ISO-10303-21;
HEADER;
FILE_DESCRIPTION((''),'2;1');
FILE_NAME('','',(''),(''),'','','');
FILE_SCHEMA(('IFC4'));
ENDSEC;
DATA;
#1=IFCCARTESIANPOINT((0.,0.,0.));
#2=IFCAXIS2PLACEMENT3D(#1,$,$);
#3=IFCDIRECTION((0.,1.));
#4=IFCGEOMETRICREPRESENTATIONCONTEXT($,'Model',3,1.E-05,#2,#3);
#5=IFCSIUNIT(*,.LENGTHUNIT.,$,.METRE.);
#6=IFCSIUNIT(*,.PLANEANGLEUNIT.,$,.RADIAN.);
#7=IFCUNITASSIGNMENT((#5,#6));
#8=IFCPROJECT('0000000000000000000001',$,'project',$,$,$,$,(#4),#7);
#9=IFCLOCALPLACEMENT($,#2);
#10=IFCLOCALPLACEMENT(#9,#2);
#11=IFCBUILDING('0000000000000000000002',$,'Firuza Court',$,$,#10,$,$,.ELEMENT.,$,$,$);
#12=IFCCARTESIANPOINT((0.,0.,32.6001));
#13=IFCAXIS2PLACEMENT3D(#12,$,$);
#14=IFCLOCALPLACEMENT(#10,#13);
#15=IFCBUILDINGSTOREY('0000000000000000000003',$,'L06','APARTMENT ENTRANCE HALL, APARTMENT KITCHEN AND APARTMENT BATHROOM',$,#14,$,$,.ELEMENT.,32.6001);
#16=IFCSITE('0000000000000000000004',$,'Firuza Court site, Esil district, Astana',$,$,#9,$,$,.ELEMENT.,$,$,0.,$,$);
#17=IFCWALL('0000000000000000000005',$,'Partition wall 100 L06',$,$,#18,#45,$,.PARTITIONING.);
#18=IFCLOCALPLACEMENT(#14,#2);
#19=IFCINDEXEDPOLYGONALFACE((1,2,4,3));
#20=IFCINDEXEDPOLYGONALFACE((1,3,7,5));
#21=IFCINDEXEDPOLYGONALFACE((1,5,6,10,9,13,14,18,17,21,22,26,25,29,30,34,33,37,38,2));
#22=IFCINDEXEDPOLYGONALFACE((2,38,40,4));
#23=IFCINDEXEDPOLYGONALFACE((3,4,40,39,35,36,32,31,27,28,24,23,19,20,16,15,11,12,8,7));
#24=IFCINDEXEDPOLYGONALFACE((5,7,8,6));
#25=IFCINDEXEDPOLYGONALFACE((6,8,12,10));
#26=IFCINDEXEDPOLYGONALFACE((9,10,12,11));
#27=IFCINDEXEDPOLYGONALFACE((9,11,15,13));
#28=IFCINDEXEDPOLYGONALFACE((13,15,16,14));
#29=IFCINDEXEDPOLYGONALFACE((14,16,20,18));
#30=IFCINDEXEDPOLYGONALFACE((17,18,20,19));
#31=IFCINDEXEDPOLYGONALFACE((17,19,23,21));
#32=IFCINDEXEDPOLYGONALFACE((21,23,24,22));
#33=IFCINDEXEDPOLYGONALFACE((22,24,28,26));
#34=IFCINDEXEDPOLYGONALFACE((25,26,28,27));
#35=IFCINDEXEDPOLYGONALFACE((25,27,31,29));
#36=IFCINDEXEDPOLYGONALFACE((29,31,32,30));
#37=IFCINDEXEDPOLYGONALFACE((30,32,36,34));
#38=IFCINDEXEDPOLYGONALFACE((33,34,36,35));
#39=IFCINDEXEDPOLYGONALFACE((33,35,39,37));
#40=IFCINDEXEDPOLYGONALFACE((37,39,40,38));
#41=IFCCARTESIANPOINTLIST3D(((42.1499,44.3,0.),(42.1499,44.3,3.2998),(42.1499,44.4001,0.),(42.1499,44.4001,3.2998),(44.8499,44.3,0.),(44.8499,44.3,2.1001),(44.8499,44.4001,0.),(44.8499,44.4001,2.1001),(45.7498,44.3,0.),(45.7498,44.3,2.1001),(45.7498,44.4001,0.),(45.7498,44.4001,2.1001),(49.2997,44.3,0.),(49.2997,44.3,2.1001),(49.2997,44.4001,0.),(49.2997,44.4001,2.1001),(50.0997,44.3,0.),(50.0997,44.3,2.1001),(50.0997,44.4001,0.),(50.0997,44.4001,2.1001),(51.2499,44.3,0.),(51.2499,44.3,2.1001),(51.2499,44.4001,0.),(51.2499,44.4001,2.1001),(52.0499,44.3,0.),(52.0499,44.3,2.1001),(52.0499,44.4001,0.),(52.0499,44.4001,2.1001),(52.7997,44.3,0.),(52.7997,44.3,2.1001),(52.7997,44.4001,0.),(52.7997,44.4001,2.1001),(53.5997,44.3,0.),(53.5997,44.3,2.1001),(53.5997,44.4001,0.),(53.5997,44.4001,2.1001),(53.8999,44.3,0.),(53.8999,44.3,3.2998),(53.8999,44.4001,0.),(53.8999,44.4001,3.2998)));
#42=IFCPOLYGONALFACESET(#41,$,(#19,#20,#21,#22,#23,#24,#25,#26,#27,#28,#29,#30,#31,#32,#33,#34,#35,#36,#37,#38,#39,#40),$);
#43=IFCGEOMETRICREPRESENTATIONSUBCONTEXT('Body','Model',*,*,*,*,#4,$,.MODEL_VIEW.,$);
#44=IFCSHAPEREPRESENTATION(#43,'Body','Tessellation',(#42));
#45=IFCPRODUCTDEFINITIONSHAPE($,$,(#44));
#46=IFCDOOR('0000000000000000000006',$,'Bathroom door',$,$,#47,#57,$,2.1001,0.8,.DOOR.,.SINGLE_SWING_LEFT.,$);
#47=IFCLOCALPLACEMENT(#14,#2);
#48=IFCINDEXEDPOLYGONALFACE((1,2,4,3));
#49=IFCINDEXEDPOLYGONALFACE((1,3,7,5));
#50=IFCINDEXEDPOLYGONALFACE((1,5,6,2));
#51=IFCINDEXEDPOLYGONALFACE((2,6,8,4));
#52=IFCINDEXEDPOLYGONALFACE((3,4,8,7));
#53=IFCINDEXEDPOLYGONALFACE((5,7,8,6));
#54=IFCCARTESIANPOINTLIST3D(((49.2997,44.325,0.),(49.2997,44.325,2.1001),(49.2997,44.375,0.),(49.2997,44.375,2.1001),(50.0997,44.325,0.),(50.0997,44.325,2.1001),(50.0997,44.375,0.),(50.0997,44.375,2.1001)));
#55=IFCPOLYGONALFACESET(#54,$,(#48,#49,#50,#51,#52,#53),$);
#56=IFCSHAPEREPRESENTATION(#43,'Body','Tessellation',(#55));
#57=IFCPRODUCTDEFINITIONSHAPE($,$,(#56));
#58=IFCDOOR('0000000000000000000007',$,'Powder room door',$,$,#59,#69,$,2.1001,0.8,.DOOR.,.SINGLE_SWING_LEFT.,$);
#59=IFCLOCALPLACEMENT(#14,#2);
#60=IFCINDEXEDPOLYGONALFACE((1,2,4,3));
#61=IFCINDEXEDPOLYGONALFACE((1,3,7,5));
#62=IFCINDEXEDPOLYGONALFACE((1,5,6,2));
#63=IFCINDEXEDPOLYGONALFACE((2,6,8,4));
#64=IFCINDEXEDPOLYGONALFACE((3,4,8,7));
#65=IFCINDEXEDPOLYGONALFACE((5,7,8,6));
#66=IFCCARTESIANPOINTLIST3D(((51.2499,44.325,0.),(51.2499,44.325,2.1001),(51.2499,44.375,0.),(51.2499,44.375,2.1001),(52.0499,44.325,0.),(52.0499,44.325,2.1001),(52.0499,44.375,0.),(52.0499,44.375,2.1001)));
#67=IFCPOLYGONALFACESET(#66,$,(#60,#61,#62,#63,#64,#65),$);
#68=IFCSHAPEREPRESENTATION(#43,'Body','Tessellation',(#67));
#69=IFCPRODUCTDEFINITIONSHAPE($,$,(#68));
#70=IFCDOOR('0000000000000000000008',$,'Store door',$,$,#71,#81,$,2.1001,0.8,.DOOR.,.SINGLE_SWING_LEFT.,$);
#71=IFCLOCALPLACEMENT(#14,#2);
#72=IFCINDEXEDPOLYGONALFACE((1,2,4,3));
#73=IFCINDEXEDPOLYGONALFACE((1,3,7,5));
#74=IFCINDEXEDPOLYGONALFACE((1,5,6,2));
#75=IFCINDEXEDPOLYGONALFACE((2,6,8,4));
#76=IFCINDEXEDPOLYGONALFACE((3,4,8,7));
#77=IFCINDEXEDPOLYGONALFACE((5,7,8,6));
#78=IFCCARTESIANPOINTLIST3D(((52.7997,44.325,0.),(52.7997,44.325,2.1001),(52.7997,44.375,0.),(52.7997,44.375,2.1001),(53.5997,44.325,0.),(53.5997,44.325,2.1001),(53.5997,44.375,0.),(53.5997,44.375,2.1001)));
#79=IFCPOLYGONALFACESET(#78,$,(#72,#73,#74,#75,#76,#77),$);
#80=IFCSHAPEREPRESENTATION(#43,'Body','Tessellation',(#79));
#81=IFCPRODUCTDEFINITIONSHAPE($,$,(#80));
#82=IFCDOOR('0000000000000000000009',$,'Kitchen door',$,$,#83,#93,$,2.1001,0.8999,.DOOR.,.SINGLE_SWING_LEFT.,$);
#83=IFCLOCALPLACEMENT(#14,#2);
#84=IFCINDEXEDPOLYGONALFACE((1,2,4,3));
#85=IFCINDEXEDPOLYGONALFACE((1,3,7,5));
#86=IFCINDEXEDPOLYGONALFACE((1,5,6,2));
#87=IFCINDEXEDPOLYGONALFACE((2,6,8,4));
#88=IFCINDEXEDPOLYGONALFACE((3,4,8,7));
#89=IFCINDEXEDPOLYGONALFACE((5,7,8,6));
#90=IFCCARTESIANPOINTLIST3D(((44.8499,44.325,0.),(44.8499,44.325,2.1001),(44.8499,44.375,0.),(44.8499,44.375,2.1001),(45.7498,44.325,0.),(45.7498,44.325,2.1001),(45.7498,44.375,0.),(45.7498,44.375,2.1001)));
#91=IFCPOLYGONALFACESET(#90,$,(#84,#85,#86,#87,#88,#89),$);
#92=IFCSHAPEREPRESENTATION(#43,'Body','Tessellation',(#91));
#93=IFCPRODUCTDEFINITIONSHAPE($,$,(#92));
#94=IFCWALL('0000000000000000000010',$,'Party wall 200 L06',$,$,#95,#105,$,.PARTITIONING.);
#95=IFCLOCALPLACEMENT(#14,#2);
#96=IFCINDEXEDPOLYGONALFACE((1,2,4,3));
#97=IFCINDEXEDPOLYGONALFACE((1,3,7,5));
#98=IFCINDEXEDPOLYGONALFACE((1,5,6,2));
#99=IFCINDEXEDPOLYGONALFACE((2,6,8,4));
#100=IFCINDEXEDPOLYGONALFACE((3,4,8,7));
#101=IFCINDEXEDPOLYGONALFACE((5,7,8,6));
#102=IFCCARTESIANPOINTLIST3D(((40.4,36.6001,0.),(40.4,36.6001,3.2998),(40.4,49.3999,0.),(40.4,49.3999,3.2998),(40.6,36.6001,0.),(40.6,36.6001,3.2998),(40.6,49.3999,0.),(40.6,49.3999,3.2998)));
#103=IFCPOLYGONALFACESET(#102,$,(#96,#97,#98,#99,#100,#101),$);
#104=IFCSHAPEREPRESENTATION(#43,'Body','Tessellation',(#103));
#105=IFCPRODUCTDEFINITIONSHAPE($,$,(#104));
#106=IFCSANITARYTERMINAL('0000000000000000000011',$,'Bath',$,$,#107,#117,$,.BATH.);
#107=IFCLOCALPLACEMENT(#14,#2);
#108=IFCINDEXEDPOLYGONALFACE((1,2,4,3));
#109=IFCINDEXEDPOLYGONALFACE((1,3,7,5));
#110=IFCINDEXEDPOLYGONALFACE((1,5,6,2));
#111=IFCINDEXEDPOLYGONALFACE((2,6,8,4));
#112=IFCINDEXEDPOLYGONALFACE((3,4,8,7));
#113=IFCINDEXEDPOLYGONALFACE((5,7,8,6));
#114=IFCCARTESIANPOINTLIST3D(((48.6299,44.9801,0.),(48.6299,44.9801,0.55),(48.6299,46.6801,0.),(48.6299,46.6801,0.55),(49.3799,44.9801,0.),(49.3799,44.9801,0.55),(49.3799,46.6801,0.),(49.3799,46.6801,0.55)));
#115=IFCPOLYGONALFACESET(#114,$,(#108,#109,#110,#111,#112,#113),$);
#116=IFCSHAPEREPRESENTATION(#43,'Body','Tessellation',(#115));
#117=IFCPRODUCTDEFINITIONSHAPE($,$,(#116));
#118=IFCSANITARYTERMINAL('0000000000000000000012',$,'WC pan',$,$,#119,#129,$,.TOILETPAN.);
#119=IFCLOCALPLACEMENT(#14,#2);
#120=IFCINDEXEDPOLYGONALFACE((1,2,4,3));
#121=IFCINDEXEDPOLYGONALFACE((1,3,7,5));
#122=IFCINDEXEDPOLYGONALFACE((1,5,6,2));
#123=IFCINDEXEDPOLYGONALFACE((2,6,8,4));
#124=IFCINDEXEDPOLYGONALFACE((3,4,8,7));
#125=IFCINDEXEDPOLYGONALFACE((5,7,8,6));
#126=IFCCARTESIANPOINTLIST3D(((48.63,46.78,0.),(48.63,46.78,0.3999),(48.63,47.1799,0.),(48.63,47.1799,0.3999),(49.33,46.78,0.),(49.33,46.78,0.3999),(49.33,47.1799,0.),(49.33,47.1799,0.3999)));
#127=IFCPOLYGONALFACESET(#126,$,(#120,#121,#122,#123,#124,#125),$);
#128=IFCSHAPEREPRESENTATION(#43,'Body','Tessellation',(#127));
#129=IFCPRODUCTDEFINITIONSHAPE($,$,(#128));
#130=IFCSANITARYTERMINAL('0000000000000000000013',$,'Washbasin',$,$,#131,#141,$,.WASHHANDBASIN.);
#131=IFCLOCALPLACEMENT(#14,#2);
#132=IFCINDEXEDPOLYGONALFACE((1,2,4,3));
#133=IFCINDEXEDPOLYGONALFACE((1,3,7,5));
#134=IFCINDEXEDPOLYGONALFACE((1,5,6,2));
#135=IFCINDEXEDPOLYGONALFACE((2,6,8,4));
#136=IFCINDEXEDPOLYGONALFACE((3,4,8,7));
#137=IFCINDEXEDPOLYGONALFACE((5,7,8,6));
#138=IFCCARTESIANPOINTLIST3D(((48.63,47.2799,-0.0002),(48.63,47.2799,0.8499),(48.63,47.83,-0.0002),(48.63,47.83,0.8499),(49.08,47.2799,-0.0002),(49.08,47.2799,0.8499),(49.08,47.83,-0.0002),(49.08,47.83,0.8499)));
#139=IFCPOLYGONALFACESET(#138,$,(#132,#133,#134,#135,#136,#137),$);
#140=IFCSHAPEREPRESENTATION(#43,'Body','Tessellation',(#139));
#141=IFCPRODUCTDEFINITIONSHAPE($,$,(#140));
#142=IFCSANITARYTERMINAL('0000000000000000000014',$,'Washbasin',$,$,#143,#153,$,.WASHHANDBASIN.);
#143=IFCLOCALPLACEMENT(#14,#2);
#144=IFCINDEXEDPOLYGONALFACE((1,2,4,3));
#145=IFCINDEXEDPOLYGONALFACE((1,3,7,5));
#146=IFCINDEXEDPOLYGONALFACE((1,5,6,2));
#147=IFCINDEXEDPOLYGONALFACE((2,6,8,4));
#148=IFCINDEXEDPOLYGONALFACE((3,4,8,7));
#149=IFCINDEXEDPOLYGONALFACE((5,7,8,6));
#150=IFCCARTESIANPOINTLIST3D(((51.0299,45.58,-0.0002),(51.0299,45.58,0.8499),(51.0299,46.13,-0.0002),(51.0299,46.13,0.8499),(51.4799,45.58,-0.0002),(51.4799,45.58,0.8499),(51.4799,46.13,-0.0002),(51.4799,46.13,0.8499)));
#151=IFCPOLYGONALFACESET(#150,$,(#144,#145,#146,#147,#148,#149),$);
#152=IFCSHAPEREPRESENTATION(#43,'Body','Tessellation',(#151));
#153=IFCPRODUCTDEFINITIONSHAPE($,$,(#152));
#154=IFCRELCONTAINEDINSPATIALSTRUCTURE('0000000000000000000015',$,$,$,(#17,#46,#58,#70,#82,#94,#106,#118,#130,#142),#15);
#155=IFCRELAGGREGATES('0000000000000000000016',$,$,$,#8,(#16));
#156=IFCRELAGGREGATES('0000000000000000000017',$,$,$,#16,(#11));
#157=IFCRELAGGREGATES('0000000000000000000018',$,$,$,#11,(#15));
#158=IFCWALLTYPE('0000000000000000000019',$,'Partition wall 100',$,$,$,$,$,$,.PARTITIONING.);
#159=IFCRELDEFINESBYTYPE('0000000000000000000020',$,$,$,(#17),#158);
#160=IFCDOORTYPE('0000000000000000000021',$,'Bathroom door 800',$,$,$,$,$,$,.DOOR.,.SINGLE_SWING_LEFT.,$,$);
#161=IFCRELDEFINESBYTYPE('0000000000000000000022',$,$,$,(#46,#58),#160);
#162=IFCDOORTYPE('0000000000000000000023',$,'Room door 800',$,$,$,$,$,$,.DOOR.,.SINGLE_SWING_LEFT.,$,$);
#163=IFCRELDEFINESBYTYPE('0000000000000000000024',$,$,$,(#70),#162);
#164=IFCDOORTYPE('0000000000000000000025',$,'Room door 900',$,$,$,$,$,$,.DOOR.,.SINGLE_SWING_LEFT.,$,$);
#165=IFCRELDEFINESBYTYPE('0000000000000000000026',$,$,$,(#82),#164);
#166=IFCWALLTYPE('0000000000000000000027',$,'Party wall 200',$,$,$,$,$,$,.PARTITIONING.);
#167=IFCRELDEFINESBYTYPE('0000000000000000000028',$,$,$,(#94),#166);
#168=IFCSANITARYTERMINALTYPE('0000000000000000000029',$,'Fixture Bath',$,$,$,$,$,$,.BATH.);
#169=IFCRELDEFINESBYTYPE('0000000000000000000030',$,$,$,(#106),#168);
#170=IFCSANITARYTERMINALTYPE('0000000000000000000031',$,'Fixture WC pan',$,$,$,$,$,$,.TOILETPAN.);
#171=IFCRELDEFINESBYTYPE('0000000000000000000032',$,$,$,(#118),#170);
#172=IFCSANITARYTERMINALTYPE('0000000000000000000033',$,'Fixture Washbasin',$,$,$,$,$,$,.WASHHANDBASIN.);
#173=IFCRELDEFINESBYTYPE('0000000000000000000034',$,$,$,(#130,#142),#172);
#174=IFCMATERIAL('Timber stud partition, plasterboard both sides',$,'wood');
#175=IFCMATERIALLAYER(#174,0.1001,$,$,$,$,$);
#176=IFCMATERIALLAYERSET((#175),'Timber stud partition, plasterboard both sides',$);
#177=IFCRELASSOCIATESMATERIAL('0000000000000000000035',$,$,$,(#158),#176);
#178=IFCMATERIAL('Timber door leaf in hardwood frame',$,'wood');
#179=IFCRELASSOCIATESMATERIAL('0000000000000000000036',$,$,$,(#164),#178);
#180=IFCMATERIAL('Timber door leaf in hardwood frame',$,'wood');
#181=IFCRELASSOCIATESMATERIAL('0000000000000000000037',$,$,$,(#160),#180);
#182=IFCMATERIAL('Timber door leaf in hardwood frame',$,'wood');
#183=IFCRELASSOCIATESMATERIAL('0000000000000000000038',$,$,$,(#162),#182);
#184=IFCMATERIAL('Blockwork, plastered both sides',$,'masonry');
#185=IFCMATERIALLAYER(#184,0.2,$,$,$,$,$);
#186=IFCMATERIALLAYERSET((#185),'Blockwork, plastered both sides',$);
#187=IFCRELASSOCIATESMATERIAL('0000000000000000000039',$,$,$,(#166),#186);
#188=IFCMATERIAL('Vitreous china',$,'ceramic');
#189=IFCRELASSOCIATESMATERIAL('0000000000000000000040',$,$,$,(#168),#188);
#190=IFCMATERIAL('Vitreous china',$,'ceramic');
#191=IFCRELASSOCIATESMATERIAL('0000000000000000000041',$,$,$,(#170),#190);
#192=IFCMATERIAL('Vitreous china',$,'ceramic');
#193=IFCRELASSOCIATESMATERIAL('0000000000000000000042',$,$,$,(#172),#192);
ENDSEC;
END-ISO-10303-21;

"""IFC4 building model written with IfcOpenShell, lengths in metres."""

from ifc_helpers import new_model, si_unit, direction, frame, frame_2d, origin, origin_2d, place, context, subcontext, project, spatial, rectangle, extrude, material, layer, layer_set, type_object, element, fill, save


model = new_model("IFC4")

# Units and contexts
model_context = context("Model", 3, precision=1e-05, world=origin(), true_north=direction((0.0, 1.0)))
body_context = subcontext(model_context, "Body", "Model", "MODEL_VIEW")
ifc_project = project(units=[si_unit("LENGTHUNIT", "METRE"), si_unit("PLANEANGLEUNIT", "RADIAN")], contexts=[model_context])

# Site, building, storey
site_placement = place(None, origin())
site = spatial("IfcSite", under=ifc_project, at=site_placement, Name="Firuza Court site, Esil district, Astana", CompositionType="ELEMENT", RefElevation=0.0)
building_placement = place(site_placement, origin())
building = spatial("IfcBuilding", under=site, at=building_placement, Name="Firuza Court", CompositionType="ELEMENT")
storey_placement = place(building_placement, frame((0.0, 0.0, 32.6001)))
storey = spatial("IfcBuildingStorey", under=building, at=storey_placement, Name="L06", Description="APARTMENT ENTRANCE HALL, APARTMENT KITCHEN AND APARTMENT BATHROOM", CompositionType="ELEMENT", Elevation=32.6001)

# Shared definitions
ifc_material_1 = material(Name="Timber stud partition, plasterboard both sides", Category="wood")
ifc_layer_1 = layer(ifc_material_1, 0.1001)
ifc_layer_set_1 = layer_set([ifc_layer_1], Name="Timber stud partition, plasterboard both sides")
wall_type_1 = type_object("IfcWallType", Name="Partition wall 100", PredefinedType="PARTITIONING", material=ifc_layer_set_1)

# Shared definitions
ifc_material_2 = material(Name="Timber door leaf in hardwood frame", Category="wood")
door_type_1 = type_object("IfcDoorType", Name="Room door 900", OperationType="SINGLE_SWING_LEFT", PredefinedType="DOOR", material=ifc_material_2)

# Wall, openings, doors
wall_1_placement = place(storey_placement, frame((42.1499, 44.3501, 0.0), z_axis=(0.0, 0.0, 1.0), x_axis=(1.0, 0.0, 0.0)))
wall_1 = element("IfcWall", 1, at=wall_1_placement, inside=storey, type_object=wall_type_1, Name="Partition wall 100 L06", PredefinedType="PARTITIONING", context=body_context, shape_type="SweptSolid", body=[
    extrude(rectangle(XDim=11.75, YDim=0.1001, at=frame_2d((5.875, 0.0))), origin(), (0.0, 0.0, 1.0), 3.2998),
])
opening_1_placement = place(wall_1_placement, frame((7.1499, 0.0, 0.0)))
opening_1 = element("IfcOpeningElement", 2, at=opening_1_placement, cuts=wall_1, PredefinedType="OPENING", context=body_context, shape_type="SweptSolid", body=[
    extrude(rectangle(XDim=0.8, YDim=2.1001, at=frame_2d((0.3999, 1.05))), frame((0.0, 0.062, 0.0), z_axis=(0.0, -1.0, 0.0), x_axis=(1.0, 0.0, 0.0)), (0.0, 0.0, 1.0), 0.124),
])
opening_2_placement = place(wall_1_placement, frame((2.7, 0.0, 0.0)))
opening_2 = element("IfcOpeningElement", 3, at=opening_2_placement, cuts=wall_1, PredefinedType="OPENING", context=body_context, shape_type="SweptSolid", body=[
    extrude(rectangle(XDim=0.8999, YDim=2.1001, at=frame_2d((0.45, 1.05))), frame((0.0, 0.062, 0.0), z_axis=(0.0, -1.0, 0.0), x_axis=(1.0, 0.0, 0.0)), (0.0, 0.0, 1.0), 0.124),
])
opening_3_placement = place(wall_1_placement, frame((10.6499, 0.0, 0.0)))
opening_3 = element("IfcOpeningElement", 4, at=opening_3_placement, cuts=wall_1, PredefinedType="OPENING", context=body_context, shape_type="SweptSolid", body=[
    extrude(rectangle(XDim=0.8, YDim=2.1001, at=frame_2d((0.3999, 1.05))), frame((0.0, 0.062, 0.0), z_axis=(0.0, -1.0, 0.0), x_axis=(1.0, 0.0, 0.0)), (0.0, 0.0, 1.0), 0.124),
])
opening_4_placement = place(wall_1_placement, frame((9.1001, 0.0, 0.0)))
opening_4 = element("IfcOpeningElement", 5, at=opening_4_placement, cuts=wall_1, PredefinedType="OPENING", context=body_context, shape_type="SweptSolid", body=[
    extrude(rectangle(XDim=0.8, YDim=2.1001, at=frame_2d((0.3999, 1.05))), frame((0.0, 0.062, 0.0), z_axis=(0.0, -1.0, 0.0), x_axis=(1.0, 0.0, 0.0)), (0.0, 0.0, 1.0), 0.124),
])
ifc_material_3 = material(Name="Timber door leaf in hardwood frame", Category="wood")
door_type_2 = type_object("IfcDoorType", Name="Bathroom door 800", OperationType="SINGLE_SWING_LEFT", PredefinedType="DOOR", material=ifc_material_3)
door_1_placement = place(opening_1_placement, origin())
door_1 = element("IfcDoor", 6, at=door_1_placement, inside=storey, type_object=door_type_2, Name="Bathroom door", OperationType="SINGLE_SWING_LEFT", OverallHeight=2.1001, OverallWidth=0.8, PredefinedType="DOOR", context=body_context, shape_type="SweptSolid", body=[
    extrude(rectangle(XDim=0.8, YDim=2.1001, at=frame_2d((0.3999, 1.05))), frame((0.0, 0.0249, 0.0), z_axis=(0.0, -1.0, 0.0), x_axis=(1.0, 0.0, 0.0)), (0.0, 0.0, 1.0), 0.05),
])
fill(opening_1, door_1)
door_2_placement = place(opening_4_placement, origin())
door_2 = element("IfcDoor", 7, at=door_2_placement, inside=storey, type_object=door_type_2, Name="Powder room door", OperationType="SINGLE_SWING_LEFT", OverallHeight=2.1001, OverallWidth=0.8, PredefinedType="DOOR", context=body_context, shape_type="SweptSolid", body=[
    extrude(rectangle(XDim=0.8, YDim=2.1001, at=frame_2d((0.3999, 1.05))), frame((0.0, 0.0249, 0.0), z_axis=(0.0, -1.0, 0.0), x_axis=(1.0, 0.0, 0.0)), (0.0, 0.0, 1.0), 0.05),
])
fill(opening_4, door_2)
ifc_material_4 = material(Name="Timber door leaf in hardwood frame", Category="wood")
door_type_3 = type_object("IfcDoorType", Name="Room door 800", OperationType="SINGLE_SWING_LEFT", PredefinedType="DOOR", material=ifc_material_4)
door_3_placement = place(opening_3_placement, origin())
door_3 = element("IfcDoor", 8, at=door_3_placement, inside=storey, type_object=door_type_3, Name="Store door", OperationType="SINGLE_SWING_LEFT", OverallHeight=2.1001, OverallWidth=0.8, PredefinedType="DOOR", context=body_context, shape_type="SweptSolid", body=[
    extrude(rectangle(XDim=0.8, YDim=2.1001, at=frame_2d((0.3999, 1.05))), frame((0.0, 0.0249, 0.0), z_axis=(0.0, -1.0, 0.0), x_axis=(1.0, 0.0, 0.0)), (0.0, 0.0, 1.0), 0.05),
])
fill(opening_3, door_3)
door_4_placement = place(opening_2_placement, origin())
door_4 = element("IfcDoor", 9, at=door_4_placement, inside=storey, type_object=door_type_1, Name="Kitchen door", OperationType="SINGLE_SWING_LEFT", OverallHeight=2.1001, OverallWidth=0.8999, PredefinedType="DOOR", context=body_context, shape_type="SweptSolid", body=[
    extrude(rectangle(XDim=0.8999, YDim=2.1001, at=frame_2d((0.45, 1.05))), frame((0.0, 0.0249, 0.0), z_axis=(0.0, -1.0, 0.0), x_axis=(1.0, 0.0, 0.0)), (0.0, 0.0, 1.0), 0.05),
])
fill(opening_2, door_4)

# Wall
ifc_material_5 = material(Name="Blockwork, plastered both sides", Category="masonry")
ifc_layer_2 = layer(ifc_material_5, 0.2)
ifc_layer_set_2 = layer_set([ifc_layer_2], Name="Blockwork, plastered both sides")
wall_type_2 = type_object("IfcWallType", Name="Party wall 200", PredefinedType="PARTITIONING", material=ifc_layer_set_2)
wall_2_placement = place(storey_placement, frame((40.5, 36.6001, 0.0), z_axis=(0.0, 0.0, 1.0), x_axis=(0.0, 1.0, 0.0)))
element("IfcWall", 10, at=wall_2_placement, inside=storey, type_object=wall_type_2, Name="Party wall 200 L06", PredefinedType="PARTITIONING", context=body_context, shape_type="SweptSolid", body=[
    extrude(rectangle(XDim=12.7998, YDim=0.2, at=frame_2d((6.3999, 0.0))), origin(), (0.0, 0.0, 1.0), 3.2998),
])

# Sanitary terminals
ifc_material_6 = material(Name="Vitreous china", Category="ceramic")
sanitary_terminal_type_1 = type_object("IfcSanitaryTerminalType", Name="Fixture Bath", PredefinedType="BATH", material=ifc_material_6)
sanitary_terminal_1_placement = place(storey_placement, frame((49.0049, 45.8301, 0.0), z_axis=(0.0, 0.0, 1.0), x_axis=(1.0, 0.0, 0.0)))
element("IfcSanitaryTerminal", 11, at=sanitary_terminal_1_placement, inside=storey, type_object=sanitary_terminal_type_1, Name="Bath", PredefinedType="BATH", context=body_context, shape_type="SweptSolid", body=[
    extrude(rectangle(XDim=0.75, YDim=1.7, at=origin_2d()), origin(), (0.0, 0.0, 1.0), 0.55),
])
ifc_material_7 = material(Name="Vitreous china", Category="ceramic")
sanitary_terminal_type_2 = type_object("IfcSanitaryTerminalType", Name="Fixture WC pan", PredefinedType="TOILETPAN", material=ifc_material_7)
sanitary_terminal_2_placement = place(storey_placement, frame((48.98, 46.98, 0.0), z_axis=(0.0, 0.0, 1.0), x_axis=(1.0, 0.0, 0.0)))
element("IfcSanitaryTerminal", 12, at=sanitary_terminal_2_placement, inside=storey, type_object=sanitary_terminal_type_2, Name="WC pan", PredefinedType="TOILETPAN", context=body_context, shape_type="SweptSolid", body=[
    extrude(rectangle(XDim=0.7, YDim=0.3999, at=origin_2d()), origin(), (0.0, 0.0, 1.0), 0.3999),
])
ifc_material_8 = material(Name="Vitreous china", Category="ceramic")
sanitary_terminal_type_3 = type_object("IfcSanitaryTerminalType", Name="Fixture Washbasin", PredefinedType="WASHHANDBASIN", material=ifc_material_8)
for number, where, z_axis, x_axis, name in (
    (13, (48.855, 47.5549, -0.0002), (0.0, 0.0, 1.0), (1.0, 0.0, 0.0), "Washbasin"),
    (14, (51.2549, 45.855, -0.0002), (0.0, 0.0, 1.0), (1.0, 0.0, 0.0), "Washbasin"),
):
    element("IfcSanitaryTerminal", number, at=place(storey_placement, frame(where, z_axis=z_axis, x_axis=x_axis)), inside=storey, type_object=sanitary_terminal_type_3, Name=name, PredefinedType="WASHHANDBASIN", context=body_context, shape_type="SweptSolid", body=[
        extrude(rectangle(XDim=0.45, YDim=0.55, at=origin_2d()), origin(), (0.0, 0.0, 1.0), 0.8501),
    ])

save(model, "model.ifc")
